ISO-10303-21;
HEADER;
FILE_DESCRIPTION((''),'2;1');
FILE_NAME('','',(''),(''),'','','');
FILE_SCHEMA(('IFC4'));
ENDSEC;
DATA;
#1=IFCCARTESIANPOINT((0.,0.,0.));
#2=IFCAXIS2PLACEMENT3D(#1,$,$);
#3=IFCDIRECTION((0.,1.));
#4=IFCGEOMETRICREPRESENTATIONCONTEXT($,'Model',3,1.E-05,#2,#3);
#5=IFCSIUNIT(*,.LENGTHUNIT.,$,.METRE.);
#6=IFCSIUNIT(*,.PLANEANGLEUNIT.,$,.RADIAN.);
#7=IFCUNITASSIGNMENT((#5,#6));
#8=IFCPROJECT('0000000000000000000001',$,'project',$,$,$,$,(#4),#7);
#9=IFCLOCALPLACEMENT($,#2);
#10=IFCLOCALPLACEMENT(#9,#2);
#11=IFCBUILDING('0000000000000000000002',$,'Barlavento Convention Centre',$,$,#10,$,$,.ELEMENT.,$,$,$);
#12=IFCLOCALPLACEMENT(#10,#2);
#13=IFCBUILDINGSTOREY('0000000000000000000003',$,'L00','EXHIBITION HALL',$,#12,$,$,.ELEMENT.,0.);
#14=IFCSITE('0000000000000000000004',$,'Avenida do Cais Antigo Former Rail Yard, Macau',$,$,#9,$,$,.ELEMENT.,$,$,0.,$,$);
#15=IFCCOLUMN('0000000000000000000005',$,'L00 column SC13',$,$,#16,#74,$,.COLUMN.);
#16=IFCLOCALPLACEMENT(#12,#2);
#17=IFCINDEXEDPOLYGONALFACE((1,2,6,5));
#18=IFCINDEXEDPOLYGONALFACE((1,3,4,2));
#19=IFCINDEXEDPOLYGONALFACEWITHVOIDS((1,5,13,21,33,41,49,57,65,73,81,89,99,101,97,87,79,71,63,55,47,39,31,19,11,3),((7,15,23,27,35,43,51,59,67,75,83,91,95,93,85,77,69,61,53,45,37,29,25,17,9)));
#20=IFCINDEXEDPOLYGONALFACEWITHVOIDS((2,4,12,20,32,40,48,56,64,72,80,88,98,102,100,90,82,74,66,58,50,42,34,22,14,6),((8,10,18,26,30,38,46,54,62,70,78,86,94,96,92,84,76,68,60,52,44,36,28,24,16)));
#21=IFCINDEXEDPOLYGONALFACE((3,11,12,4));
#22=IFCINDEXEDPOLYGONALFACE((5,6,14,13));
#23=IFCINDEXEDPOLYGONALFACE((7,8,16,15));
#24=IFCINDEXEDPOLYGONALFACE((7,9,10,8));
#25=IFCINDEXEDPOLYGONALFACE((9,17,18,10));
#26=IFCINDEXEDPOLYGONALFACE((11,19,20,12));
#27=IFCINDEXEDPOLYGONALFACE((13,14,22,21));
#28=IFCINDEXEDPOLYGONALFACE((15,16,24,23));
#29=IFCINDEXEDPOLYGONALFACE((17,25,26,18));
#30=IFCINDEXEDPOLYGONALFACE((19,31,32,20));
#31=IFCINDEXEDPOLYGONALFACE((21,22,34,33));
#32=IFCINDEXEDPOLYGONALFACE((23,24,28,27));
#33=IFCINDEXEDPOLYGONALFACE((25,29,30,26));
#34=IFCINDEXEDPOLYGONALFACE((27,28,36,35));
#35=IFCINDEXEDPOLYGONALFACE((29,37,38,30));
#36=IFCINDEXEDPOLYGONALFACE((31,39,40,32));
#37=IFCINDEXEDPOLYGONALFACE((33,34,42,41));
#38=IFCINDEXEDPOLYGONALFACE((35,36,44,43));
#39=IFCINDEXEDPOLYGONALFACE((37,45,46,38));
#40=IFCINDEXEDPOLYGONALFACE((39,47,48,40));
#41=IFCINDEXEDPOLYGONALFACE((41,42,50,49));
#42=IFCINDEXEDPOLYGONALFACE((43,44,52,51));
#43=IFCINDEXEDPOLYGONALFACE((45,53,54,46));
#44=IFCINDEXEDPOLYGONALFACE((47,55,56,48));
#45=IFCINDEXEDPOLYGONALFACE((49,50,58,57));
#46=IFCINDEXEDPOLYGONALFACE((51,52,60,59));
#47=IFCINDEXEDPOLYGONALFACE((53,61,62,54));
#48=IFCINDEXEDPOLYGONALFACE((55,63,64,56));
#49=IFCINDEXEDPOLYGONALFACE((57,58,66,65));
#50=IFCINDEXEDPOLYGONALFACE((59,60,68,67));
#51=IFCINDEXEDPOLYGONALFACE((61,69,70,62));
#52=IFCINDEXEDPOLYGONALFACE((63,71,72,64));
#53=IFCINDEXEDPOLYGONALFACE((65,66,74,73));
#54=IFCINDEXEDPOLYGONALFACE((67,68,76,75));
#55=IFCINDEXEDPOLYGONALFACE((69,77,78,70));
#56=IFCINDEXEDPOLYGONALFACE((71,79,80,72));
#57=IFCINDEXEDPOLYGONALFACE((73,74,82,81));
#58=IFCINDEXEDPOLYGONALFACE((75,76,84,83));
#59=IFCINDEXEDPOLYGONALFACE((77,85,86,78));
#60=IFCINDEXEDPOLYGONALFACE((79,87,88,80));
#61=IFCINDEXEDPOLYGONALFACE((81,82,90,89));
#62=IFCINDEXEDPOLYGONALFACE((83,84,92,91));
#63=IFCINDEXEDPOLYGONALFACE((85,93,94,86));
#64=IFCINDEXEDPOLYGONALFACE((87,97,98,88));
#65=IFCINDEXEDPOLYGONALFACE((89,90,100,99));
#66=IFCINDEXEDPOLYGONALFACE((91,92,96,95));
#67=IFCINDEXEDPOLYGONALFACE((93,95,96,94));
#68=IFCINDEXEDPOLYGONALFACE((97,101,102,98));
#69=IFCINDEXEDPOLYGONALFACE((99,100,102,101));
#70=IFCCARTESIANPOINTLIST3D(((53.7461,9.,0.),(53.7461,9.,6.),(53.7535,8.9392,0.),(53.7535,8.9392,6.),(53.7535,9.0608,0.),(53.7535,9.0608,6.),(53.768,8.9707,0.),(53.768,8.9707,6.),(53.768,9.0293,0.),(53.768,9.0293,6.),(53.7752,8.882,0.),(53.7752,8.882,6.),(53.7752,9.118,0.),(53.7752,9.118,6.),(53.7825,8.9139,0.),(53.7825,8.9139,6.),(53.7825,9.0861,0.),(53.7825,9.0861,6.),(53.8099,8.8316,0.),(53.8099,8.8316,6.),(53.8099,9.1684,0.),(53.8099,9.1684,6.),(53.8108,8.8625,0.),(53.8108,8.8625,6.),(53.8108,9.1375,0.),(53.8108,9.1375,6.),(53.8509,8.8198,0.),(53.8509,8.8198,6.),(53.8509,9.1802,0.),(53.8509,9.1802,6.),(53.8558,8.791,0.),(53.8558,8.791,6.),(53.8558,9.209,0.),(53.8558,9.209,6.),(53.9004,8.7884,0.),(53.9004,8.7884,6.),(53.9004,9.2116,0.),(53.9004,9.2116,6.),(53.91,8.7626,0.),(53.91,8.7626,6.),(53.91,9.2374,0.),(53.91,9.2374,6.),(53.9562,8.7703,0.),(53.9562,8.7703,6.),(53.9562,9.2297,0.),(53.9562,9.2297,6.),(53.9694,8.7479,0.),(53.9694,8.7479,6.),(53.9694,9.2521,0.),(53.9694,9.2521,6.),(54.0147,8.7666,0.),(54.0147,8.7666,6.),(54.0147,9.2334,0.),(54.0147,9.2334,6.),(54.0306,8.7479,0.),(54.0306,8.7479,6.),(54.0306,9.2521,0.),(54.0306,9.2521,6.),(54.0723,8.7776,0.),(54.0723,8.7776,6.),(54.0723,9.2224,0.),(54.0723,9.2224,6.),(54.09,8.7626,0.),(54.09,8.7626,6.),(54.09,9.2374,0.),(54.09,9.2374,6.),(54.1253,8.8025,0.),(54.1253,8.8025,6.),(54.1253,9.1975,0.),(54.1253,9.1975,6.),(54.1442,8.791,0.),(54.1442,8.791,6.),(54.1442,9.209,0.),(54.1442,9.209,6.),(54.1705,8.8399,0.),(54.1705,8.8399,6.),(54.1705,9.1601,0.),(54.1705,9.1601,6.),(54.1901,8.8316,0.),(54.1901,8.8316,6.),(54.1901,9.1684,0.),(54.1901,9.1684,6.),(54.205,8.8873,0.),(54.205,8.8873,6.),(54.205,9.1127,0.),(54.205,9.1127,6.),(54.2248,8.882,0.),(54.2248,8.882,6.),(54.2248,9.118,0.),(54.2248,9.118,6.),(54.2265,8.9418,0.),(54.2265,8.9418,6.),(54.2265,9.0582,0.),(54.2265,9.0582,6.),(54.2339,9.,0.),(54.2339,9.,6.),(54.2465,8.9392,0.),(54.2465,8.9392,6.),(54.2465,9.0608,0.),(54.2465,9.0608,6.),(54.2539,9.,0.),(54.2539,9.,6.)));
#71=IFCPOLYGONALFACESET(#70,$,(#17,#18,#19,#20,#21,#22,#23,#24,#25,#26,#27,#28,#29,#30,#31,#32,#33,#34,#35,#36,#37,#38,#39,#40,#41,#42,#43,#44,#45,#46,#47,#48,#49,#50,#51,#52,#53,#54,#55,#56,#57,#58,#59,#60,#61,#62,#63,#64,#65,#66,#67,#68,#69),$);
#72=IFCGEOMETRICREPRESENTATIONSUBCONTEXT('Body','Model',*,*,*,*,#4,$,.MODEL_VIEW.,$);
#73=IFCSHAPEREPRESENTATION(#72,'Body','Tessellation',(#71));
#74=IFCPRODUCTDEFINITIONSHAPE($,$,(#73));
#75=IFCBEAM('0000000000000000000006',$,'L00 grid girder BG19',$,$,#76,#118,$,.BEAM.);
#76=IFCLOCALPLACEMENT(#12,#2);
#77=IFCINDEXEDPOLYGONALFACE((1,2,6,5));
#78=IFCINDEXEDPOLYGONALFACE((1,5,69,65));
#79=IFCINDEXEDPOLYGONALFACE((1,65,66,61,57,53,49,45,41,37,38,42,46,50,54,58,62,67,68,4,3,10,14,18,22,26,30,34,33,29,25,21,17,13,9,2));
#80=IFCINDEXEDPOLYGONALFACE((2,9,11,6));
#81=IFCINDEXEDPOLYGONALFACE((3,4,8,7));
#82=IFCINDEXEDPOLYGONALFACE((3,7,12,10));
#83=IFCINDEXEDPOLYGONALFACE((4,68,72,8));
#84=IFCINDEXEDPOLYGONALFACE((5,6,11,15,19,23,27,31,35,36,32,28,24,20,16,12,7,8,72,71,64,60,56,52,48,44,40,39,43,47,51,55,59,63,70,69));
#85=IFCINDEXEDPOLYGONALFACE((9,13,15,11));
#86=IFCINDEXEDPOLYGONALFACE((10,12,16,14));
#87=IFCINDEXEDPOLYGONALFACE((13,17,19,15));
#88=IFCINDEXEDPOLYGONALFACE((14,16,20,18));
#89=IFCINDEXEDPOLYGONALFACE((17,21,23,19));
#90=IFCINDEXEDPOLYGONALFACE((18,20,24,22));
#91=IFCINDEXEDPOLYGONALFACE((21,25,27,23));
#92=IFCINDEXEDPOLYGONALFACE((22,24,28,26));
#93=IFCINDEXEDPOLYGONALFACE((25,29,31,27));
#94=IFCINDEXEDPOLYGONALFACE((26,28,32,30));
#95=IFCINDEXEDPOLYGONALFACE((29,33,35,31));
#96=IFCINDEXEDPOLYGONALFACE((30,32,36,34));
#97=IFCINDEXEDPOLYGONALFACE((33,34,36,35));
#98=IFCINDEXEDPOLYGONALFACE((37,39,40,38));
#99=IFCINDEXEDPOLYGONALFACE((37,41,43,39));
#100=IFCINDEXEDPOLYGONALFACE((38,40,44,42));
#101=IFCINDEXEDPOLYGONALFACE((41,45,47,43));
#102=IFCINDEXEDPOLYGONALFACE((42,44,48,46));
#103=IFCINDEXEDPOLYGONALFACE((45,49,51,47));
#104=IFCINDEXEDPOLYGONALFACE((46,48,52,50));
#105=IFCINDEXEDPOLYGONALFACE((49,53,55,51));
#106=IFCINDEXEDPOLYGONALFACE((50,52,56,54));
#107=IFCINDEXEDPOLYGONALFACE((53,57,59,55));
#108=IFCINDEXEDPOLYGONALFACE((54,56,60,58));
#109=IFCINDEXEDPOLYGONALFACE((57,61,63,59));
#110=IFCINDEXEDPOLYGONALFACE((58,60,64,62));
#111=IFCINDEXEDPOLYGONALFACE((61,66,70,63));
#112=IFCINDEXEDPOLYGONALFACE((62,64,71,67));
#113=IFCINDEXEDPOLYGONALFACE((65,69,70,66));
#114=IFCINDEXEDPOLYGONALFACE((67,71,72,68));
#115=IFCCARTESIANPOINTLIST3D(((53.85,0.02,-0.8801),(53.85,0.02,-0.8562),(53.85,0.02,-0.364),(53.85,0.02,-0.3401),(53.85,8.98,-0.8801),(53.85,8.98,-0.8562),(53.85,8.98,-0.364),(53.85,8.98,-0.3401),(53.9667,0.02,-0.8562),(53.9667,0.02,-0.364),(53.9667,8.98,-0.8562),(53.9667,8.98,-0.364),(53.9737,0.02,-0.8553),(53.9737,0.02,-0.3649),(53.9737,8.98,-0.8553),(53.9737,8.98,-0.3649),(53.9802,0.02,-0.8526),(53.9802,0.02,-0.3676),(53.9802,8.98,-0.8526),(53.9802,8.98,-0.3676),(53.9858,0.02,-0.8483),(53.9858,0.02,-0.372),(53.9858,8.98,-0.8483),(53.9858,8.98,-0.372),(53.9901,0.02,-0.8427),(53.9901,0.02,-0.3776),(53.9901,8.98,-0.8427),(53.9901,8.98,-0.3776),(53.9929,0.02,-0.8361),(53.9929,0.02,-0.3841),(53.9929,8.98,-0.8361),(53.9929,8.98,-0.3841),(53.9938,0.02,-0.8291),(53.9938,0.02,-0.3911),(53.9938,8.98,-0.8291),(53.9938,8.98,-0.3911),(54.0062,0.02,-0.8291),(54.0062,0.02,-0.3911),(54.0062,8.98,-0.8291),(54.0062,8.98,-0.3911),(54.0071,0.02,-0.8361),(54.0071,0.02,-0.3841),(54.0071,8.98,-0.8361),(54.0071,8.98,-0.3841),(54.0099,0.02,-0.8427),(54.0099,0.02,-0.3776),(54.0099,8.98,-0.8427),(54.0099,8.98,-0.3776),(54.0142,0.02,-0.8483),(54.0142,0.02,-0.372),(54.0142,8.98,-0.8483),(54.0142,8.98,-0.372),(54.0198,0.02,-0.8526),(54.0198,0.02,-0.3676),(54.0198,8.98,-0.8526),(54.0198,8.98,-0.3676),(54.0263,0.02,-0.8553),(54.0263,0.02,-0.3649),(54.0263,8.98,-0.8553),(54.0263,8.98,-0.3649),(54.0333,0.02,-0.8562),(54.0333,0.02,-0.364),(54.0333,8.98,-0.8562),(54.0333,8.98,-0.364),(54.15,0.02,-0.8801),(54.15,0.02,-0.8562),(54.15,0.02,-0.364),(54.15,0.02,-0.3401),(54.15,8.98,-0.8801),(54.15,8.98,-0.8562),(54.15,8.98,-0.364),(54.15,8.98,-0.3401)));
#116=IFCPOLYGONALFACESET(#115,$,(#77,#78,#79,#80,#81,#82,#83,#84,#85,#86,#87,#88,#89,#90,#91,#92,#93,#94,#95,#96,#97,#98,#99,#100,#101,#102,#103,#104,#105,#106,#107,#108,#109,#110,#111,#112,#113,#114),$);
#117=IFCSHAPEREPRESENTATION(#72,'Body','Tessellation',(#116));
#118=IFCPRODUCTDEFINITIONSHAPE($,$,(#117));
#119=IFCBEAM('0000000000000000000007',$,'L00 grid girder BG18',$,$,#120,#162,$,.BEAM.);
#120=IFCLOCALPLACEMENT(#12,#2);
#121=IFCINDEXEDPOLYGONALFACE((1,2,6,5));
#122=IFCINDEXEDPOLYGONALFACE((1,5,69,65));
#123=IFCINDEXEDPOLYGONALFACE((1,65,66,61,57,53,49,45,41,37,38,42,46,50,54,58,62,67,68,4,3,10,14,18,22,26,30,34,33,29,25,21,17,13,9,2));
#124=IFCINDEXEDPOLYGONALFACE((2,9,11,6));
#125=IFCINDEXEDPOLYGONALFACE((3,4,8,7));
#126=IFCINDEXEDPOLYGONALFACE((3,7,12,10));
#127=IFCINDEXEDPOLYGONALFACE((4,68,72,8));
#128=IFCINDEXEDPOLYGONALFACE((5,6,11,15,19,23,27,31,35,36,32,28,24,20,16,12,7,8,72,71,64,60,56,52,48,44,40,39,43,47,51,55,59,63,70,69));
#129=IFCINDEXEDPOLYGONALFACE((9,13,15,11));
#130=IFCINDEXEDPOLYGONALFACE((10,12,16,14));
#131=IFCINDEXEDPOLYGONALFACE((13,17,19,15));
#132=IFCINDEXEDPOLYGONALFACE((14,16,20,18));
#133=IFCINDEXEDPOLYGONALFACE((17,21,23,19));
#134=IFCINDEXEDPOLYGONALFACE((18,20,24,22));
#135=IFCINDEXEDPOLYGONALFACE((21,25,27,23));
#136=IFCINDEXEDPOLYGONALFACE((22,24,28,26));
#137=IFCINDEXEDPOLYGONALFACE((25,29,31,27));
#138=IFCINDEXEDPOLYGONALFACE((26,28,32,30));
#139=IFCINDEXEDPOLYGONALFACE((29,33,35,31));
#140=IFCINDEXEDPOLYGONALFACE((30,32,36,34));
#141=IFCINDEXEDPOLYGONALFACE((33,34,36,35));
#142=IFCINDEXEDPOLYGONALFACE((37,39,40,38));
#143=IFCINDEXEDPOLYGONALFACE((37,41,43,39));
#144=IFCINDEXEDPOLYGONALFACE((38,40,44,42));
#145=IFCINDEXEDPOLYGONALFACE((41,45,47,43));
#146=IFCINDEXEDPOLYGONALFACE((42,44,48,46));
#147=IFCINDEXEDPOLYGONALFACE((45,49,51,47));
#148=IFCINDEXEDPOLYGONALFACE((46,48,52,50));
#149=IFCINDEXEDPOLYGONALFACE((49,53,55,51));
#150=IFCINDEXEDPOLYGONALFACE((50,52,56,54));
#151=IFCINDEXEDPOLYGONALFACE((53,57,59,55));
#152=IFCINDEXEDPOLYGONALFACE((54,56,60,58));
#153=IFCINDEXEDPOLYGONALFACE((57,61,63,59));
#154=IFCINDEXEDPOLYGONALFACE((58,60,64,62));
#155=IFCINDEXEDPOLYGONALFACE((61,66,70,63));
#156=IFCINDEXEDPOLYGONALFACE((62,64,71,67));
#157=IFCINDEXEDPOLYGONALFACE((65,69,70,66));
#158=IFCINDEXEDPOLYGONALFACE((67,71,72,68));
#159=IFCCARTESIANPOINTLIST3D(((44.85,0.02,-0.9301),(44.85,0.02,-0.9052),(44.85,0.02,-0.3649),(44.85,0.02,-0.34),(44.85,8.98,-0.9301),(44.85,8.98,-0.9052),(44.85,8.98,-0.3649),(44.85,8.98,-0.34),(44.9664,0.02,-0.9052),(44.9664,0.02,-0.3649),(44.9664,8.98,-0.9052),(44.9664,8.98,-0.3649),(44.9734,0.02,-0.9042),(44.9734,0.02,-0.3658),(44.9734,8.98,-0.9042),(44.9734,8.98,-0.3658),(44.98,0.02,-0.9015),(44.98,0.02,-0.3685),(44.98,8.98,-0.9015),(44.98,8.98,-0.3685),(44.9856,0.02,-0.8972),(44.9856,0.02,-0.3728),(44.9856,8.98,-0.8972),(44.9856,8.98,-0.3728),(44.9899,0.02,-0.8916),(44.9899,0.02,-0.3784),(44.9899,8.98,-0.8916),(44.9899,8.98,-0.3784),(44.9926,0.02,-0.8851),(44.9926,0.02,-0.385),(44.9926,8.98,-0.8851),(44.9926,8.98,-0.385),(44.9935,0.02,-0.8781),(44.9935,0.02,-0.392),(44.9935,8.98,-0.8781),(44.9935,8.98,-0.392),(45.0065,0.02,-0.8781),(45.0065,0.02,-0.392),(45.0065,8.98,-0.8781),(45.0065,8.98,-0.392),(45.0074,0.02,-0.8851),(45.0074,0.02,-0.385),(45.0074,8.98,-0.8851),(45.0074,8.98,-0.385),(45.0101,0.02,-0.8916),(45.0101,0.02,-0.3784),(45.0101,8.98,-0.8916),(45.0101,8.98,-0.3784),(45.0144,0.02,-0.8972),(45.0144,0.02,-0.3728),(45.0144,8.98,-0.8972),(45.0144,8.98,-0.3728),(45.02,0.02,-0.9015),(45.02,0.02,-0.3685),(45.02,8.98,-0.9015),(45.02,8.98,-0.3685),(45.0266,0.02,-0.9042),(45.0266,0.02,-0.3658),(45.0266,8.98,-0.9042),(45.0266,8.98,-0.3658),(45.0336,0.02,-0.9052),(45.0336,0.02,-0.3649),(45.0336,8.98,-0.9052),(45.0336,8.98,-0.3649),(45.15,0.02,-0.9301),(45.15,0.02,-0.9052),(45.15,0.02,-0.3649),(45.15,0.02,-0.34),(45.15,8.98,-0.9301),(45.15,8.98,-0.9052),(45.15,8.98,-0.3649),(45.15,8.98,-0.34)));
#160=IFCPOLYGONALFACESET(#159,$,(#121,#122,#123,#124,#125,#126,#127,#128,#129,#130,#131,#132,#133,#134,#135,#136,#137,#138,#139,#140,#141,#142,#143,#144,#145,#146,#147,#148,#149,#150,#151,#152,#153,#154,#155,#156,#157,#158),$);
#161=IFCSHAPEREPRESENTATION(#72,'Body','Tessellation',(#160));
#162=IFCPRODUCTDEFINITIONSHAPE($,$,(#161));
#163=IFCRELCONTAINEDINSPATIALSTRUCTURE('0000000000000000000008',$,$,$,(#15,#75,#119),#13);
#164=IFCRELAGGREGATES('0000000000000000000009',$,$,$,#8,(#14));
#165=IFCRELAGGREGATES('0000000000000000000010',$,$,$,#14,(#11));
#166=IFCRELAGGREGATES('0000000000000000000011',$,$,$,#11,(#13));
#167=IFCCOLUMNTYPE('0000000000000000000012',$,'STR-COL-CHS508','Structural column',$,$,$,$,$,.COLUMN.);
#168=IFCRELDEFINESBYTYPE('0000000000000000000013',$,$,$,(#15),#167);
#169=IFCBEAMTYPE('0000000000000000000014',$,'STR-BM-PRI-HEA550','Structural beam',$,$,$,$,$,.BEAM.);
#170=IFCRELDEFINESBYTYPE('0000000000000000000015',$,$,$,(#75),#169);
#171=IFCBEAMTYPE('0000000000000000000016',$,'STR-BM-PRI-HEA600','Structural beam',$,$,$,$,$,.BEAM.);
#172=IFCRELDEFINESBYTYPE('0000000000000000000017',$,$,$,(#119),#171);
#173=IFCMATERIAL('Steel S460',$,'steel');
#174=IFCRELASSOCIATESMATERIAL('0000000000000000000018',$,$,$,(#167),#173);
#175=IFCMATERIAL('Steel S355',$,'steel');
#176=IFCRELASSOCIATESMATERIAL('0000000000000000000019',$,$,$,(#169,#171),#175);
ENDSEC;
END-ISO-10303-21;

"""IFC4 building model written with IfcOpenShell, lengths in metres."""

from ifc_helpers import new_model, si_unit, direction, frame, origin, origin_2d, place, context, subcontext, project, spatial, hollow_circle, i_section, extrude, material, material_profile, profile_set, type_object, element, save


model = new_model("IFC4")

# Units and contexts
model_context = context("Model", 3, precision=1e-05, world=origin(), true_north=direction((0.0, 1.0)))
body_context = subcontext(model_context, "Body", "Model", "MODEL_VIEW")
ifc_project = project(units=[si_unit("LENGTHUNIT", "METRE"), si_unit("PLANEANGLEUNIT", "RADIAN")], contexts=[model_context])

# Site, building, storey
site_placement = place(None, origin())
site = spatial("IfcSite", under=ifc_project, at=site_placement, Name="Avenida do Cais Antigo Former Rail Yard, Macau", CompositionType="ELEMENT", RefElevation=0.0)
building_placement = place(site_placement, origin())
building = spatial("IfcBuilding", under=site, at=building_placement, Name="Barlavento Convention Centre", CompositionType="ELEMENT")
storey_placement = place(building_placement, origin())
storey = spatial("IfcBuildingStorey", under=building, at=storey_placement, Name="L00", Description="EXHIBITION HALL", CompositionType="ELEMENT", Elevation=0.0)

# Column
ifc_material_1 = material(Name="Steel S460", Category="steel")
ifc_material_profile_1 = material_profile(ifc_material_1, hollow_circle(Radius=0.2539, WallThickness=0.02, at=origin_2d()), Name="CHS 508.0x20.0")
ifc_profile_set_1 = profile_set([ifc_material_profile_1], Name="Steel S460")
column_type = type_object("IfcColumnType", Name="STR-COL-CHS508", Description="Structural column", PredefinedType="COLUMN", material=ifc_profile_set_1)
for number, where, z_axis, x_axis, name in (
    (1, (54.0, 9.0, 0.0), (0.0, 0.0, 1.0), (1.0, 0.0, 0.0), "L00 column SC13"),
):
    element("IfcColumn", number, at=place(storey_placement, frame(where, z_axis=z_axis, x_axis=x_axis)), inside=storey, type_object=column_type, Name=name, PredefinedType="COLUMN", context=body_context, shape_type="SweptSolid", body=[
        extrude(hollow_circle(Radius=0.2539, WallThickness=0.02, at=origin_2d()), origin(), (0.0, 0.0, 1.0), 6.0),
    ])

# Beams
ifc_material_2 = material(Name="Steel S355", Category="steel")
ifc_material_profile_2 = material_profile(ifc_material_2, i_section(OverallWidth=0.3, OverallDepth=0.54, WebThickness=0.0125, FlangeThickness=0.0239, FilletRadius=0.0271, at=origin_2d()), Name="HEA 550")
ifc_profile_set_2 = profile_set([ifc_material_profile_2], Name="Steel S355")
beam_type_1 = type_object("IfcBeamType", Name="STR-BM-PRI-HEA550", Description="Structural beam", PredefinedType="BEAM", material=ifc_profile_set_2)
beam_1_placement = place(storey_placement, frame((54.0, 0.02, -0.6101), z_axis=(0.0, 1.0, 0.0), x_axis=(-1.0, 0.0, 0.0)))
element("IfcBeam", 2, at=beam_1_placement, inside=storey, type_object=beam_type_1, Name="L00 grid girder BG19", PredefinedType="BEAM", context=body_context, shape_type="SweptSolid", body=[
    extrude(i_section(OverallWidth=0.3, OverallDepth=0.54, WebThickness=0.0125, FlangeThickness=0.0239, FilletRadius=0.0271, at=origin_2d()), origin(), (0.0, 0.0, 1.0), 8.96),
])
ifc_material_profile_3 = material_profile(ifc_material_2, i_section(OverallWidth=0.3, OverallDepth=0.5901, WebThickness=0.0129, FlangeThickness=0.0249, FilletRadius=0.0271, at=origin_2d()), Name="HEA 600")
ifc_profile_set_3 = profile_set([ifc_material_profile_3], Name="Steel S355")
beam_type_2 = type_object("IfcBeamType", Name="STR-BM-PRI-HEA600", Description="Structural beam", PredefinedType="BEAM", material=ifc_profile_set_3)
beam_2_placement = place(storey_placement, frame((45.0, 0.02, -0.635), z_axis=(0.0, 1.0, 0.0), x_axis=(-1.0, 0.0, 0.0)))
element("IfcBeam", 3, at=beam_2_placement, inside=storey, type_object=beam_type_2, Name="L00 grid girder BG18", PredefinedType="BEAM", context=body_context, shape_type="SweptSolid", body=[
    extrude(i_section(OverallWidth=0.3, OverallDepth=0.5901, WebThickness=0.0129, FlangeThickness=0.0249, FilletRadius=0.0271, at=origin_2d()), origin(), (0.0, 0.0, 1.0), 8.96),
])

save(model, "model.ifc")
